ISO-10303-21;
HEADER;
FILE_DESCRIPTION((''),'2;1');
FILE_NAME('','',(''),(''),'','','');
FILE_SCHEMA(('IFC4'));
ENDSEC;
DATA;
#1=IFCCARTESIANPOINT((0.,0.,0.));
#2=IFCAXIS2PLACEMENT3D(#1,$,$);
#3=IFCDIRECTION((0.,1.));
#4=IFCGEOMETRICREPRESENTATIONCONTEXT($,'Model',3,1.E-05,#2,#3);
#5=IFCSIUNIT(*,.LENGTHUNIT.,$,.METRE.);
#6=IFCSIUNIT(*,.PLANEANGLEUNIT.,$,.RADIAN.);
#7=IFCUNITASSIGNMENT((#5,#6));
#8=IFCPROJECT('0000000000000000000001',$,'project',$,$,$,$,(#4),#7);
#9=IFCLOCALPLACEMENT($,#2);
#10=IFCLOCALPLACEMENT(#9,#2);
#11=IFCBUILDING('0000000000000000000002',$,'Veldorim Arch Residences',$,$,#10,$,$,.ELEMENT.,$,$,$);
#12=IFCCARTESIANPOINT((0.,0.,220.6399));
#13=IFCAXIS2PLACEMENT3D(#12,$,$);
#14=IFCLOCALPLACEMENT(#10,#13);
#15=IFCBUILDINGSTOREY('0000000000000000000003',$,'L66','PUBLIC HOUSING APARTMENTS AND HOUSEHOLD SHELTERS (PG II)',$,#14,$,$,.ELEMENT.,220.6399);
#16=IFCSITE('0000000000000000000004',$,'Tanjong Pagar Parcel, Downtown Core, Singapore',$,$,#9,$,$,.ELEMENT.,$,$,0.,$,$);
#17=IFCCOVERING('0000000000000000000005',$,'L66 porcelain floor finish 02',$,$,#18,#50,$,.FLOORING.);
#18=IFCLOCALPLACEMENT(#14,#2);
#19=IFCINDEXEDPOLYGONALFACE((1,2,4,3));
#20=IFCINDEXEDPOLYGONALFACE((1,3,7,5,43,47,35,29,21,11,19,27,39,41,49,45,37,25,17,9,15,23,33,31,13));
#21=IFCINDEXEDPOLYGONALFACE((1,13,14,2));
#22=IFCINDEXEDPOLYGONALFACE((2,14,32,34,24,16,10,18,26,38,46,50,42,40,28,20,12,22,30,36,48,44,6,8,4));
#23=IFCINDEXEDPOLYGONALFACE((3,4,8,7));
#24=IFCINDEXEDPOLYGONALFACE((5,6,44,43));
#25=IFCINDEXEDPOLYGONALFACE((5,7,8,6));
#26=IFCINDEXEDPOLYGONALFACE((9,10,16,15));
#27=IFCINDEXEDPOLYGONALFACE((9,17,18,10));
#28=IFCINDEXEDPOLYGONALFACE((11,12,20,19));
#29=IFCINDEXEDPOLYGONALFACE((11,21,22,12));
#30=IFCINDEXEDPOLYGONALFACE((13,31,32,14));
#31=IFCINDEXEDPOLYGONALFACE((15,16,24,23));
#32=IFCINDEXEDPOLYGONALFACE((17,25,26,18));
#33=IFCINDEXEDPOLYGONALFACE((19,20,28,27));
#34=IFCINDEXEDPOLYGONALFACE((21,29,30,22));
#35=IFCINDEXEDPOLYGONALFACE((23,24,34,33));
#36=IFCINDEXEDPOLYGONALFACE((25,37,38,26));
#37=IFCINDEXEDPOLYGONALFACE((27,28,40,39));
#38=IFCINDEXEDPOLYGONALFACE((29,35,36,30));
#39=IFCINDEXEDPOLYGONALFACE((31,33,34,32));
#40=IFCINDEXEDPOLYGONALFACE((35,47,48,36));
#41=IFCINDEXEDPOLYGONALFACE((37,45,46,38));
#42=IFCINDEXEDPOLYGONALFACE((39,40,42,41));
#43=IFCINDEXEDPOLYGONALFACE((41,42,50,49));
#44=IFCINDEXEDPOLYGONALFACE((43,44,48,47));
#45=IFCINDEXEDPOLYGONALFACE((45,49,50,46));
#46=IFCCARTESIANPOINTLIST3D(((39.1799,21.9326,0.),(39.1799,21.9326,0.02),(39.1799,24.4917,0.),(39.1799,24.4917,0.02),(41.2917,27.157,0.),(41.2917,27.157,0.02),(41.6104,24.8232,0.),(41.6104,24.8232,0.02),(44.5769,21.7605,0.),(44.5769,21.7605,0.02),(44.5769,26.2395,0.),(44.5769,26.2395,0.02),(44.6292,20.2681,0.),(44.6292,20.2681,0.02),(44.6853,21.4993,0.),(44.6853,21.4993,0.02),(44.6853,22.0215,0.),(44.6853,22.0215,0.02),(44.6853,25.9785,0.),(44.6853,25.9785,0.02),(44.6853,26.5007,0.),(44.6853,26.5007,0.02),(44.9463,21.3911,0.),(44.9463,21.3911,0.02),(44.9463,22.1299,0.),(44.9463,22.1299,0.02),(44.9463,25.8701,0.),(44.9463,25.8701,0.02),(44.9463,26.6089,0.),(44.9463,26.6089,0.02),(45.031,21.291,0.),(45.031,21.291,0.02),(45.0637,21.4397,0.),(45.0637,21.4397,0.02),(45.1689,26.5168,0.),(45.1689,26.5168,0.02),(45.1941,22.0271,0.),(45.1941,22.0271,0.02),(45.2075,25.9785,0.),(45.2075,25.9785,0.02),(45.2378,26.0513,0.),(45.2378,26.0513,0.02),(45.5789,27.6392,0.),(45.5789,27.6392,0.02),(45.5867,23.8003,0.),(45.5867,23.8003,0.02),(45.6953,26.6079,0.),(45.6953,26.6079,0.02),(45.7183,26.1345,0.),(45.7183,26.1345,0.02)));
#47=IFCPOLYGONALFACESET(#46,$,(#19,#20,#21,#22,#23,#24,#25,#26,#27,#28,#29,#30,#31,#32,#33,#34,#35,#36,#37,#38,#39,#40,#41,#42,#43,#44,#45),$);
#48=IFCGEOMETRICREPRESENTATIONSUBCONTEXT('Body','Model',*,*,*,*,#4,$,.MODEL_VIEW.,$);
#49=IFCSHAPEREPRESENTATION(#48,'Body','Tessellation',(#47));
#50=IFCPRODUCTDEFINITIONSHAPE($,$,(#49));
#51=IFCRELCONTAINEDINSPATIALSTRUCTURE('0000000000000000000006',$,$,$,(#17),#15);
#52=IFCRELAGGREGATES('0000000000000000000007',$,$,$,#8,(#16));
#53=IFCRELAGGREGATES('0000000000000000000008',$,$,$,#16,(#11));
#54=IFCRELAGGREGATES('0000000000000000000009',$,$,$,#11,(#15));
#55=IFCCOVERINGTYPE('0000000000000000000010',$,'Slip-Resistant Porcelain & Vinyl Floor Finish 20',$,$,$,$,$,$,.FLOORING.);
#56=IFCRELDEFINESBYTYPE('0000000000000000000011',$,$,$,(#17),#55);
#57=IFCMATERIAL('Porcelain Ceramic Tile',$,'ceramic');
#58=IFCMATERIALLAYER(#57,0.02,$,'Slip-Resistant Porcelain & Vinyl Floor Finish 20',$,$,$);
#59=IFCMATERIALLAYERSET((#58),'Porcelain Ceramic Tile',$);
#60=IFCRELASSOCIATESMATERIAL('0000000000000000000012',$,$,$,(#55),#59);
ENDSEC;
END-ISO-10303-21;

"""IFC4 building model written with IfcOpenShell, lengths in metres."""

from ifc_helpers import new_model, si_unit, direction, frame, origin, place, context, subcontext, project, spatial, polyline, outline, extrude, material, layer, layer_set, type_object, element, save


model = new_model("IFC4")

# Units and contexts
model_context = context("Model", 3, precision=1e-05, world=origin(), true_north=direction((0.0, 1.0)))
body_context = subcontext(model_context, "Body", "Model", "MODEL_VIEW")
ifc_project = project(units=[si_unit("LENGTHUNIT", "METRE"), si_unit("PLANEANGLEUNIT", "RADIAN")], contexts=[model_context])

# Site, building, storey
site_placement = place(None, origin())
site = spatial("IfcSite", under=ifc_project, at=site_placement, Name="Tanjong Pagar Parcel, Downtown Core, Singapore", CompositionType="ELEMENT", RefElevation=0.0)
building_placement = place(site_placement, origin())
building = spatial("IfcBuilding", under=site, at=building_placement, Name="Veldorim Arch Residences", CompositionType="ELEMENT")
storey_placement = place(building_placement, frame((0.0, 0.0, 220.6399)))
storey = spatial("IfcBuildingStorey", under=building, at=storey_placement, Name="L66", Description="PUBLIC HOUSING APARTMENTS AND HOUSEHOLD SHELTERS (PG II)", CompositionType="ELEMENT", Elevation=220.6399)

# Covering
ifc_material_1 = material(Name="Porcelain Ceramic Tile", Category="ceramic")
ifc_layer_1 = layer(ifc_material_1, 0.02, Name="Slip-Resistant Porcelain & Vinyl Floor Finish 20")
ifc_layer_set_1 = layer_set([ifc_layer_1], Name="Porcelain Ceramic Tile")
covering_type_1 = type_object("IfcCoveringType", Name="Slip-Resistant Porcelain & Vinyl Floor Finish 20", PredefinedType="FLOORING", material=ifc_layer_set_1)
covering_1_placement = place(storey_placement, origin())
element("IfcCovering", 1, at=covering_1_placement, inside=storey, type_object=covering_type_1, Name="L66 porcelain floor finish 02", PredefinedType="FLOORING", context=body_context, shape_type="SweptSolid", body=[
    extrude(outline(polyline([(45.031, 21.291), (44.6292, 20.2681), (39.1799, 21.9326), (39.1799, 24.4917), (41.6104, 24.8232), (41.2917, 27.157), (45.5789, 27.6392), (45.6953, 26.6079), (45.1689, 26.5168), (44.9463, 26.6089), (44.6853, 26.5007), (44.5769, 26.2395), (44.6853, 25.9785), (44.9463, 25.8701), (45.2075, 25.9785), (45.2378, 26.0513), (45.7183, 26.1345), (45.5867, 23.8003), (45.1941, 22.0271), (44.9463, 22.1299), (44.6853, 22.0215), (44.5769, 21.7605), (44.6853, 21.4993), (44.9463, 21.3911), (45.0637, 21.4397), (45.031, 21.291)])), origin(), (0.0, 0.0, 1.0), 0.02),
])

save(model, "model.ifc")
